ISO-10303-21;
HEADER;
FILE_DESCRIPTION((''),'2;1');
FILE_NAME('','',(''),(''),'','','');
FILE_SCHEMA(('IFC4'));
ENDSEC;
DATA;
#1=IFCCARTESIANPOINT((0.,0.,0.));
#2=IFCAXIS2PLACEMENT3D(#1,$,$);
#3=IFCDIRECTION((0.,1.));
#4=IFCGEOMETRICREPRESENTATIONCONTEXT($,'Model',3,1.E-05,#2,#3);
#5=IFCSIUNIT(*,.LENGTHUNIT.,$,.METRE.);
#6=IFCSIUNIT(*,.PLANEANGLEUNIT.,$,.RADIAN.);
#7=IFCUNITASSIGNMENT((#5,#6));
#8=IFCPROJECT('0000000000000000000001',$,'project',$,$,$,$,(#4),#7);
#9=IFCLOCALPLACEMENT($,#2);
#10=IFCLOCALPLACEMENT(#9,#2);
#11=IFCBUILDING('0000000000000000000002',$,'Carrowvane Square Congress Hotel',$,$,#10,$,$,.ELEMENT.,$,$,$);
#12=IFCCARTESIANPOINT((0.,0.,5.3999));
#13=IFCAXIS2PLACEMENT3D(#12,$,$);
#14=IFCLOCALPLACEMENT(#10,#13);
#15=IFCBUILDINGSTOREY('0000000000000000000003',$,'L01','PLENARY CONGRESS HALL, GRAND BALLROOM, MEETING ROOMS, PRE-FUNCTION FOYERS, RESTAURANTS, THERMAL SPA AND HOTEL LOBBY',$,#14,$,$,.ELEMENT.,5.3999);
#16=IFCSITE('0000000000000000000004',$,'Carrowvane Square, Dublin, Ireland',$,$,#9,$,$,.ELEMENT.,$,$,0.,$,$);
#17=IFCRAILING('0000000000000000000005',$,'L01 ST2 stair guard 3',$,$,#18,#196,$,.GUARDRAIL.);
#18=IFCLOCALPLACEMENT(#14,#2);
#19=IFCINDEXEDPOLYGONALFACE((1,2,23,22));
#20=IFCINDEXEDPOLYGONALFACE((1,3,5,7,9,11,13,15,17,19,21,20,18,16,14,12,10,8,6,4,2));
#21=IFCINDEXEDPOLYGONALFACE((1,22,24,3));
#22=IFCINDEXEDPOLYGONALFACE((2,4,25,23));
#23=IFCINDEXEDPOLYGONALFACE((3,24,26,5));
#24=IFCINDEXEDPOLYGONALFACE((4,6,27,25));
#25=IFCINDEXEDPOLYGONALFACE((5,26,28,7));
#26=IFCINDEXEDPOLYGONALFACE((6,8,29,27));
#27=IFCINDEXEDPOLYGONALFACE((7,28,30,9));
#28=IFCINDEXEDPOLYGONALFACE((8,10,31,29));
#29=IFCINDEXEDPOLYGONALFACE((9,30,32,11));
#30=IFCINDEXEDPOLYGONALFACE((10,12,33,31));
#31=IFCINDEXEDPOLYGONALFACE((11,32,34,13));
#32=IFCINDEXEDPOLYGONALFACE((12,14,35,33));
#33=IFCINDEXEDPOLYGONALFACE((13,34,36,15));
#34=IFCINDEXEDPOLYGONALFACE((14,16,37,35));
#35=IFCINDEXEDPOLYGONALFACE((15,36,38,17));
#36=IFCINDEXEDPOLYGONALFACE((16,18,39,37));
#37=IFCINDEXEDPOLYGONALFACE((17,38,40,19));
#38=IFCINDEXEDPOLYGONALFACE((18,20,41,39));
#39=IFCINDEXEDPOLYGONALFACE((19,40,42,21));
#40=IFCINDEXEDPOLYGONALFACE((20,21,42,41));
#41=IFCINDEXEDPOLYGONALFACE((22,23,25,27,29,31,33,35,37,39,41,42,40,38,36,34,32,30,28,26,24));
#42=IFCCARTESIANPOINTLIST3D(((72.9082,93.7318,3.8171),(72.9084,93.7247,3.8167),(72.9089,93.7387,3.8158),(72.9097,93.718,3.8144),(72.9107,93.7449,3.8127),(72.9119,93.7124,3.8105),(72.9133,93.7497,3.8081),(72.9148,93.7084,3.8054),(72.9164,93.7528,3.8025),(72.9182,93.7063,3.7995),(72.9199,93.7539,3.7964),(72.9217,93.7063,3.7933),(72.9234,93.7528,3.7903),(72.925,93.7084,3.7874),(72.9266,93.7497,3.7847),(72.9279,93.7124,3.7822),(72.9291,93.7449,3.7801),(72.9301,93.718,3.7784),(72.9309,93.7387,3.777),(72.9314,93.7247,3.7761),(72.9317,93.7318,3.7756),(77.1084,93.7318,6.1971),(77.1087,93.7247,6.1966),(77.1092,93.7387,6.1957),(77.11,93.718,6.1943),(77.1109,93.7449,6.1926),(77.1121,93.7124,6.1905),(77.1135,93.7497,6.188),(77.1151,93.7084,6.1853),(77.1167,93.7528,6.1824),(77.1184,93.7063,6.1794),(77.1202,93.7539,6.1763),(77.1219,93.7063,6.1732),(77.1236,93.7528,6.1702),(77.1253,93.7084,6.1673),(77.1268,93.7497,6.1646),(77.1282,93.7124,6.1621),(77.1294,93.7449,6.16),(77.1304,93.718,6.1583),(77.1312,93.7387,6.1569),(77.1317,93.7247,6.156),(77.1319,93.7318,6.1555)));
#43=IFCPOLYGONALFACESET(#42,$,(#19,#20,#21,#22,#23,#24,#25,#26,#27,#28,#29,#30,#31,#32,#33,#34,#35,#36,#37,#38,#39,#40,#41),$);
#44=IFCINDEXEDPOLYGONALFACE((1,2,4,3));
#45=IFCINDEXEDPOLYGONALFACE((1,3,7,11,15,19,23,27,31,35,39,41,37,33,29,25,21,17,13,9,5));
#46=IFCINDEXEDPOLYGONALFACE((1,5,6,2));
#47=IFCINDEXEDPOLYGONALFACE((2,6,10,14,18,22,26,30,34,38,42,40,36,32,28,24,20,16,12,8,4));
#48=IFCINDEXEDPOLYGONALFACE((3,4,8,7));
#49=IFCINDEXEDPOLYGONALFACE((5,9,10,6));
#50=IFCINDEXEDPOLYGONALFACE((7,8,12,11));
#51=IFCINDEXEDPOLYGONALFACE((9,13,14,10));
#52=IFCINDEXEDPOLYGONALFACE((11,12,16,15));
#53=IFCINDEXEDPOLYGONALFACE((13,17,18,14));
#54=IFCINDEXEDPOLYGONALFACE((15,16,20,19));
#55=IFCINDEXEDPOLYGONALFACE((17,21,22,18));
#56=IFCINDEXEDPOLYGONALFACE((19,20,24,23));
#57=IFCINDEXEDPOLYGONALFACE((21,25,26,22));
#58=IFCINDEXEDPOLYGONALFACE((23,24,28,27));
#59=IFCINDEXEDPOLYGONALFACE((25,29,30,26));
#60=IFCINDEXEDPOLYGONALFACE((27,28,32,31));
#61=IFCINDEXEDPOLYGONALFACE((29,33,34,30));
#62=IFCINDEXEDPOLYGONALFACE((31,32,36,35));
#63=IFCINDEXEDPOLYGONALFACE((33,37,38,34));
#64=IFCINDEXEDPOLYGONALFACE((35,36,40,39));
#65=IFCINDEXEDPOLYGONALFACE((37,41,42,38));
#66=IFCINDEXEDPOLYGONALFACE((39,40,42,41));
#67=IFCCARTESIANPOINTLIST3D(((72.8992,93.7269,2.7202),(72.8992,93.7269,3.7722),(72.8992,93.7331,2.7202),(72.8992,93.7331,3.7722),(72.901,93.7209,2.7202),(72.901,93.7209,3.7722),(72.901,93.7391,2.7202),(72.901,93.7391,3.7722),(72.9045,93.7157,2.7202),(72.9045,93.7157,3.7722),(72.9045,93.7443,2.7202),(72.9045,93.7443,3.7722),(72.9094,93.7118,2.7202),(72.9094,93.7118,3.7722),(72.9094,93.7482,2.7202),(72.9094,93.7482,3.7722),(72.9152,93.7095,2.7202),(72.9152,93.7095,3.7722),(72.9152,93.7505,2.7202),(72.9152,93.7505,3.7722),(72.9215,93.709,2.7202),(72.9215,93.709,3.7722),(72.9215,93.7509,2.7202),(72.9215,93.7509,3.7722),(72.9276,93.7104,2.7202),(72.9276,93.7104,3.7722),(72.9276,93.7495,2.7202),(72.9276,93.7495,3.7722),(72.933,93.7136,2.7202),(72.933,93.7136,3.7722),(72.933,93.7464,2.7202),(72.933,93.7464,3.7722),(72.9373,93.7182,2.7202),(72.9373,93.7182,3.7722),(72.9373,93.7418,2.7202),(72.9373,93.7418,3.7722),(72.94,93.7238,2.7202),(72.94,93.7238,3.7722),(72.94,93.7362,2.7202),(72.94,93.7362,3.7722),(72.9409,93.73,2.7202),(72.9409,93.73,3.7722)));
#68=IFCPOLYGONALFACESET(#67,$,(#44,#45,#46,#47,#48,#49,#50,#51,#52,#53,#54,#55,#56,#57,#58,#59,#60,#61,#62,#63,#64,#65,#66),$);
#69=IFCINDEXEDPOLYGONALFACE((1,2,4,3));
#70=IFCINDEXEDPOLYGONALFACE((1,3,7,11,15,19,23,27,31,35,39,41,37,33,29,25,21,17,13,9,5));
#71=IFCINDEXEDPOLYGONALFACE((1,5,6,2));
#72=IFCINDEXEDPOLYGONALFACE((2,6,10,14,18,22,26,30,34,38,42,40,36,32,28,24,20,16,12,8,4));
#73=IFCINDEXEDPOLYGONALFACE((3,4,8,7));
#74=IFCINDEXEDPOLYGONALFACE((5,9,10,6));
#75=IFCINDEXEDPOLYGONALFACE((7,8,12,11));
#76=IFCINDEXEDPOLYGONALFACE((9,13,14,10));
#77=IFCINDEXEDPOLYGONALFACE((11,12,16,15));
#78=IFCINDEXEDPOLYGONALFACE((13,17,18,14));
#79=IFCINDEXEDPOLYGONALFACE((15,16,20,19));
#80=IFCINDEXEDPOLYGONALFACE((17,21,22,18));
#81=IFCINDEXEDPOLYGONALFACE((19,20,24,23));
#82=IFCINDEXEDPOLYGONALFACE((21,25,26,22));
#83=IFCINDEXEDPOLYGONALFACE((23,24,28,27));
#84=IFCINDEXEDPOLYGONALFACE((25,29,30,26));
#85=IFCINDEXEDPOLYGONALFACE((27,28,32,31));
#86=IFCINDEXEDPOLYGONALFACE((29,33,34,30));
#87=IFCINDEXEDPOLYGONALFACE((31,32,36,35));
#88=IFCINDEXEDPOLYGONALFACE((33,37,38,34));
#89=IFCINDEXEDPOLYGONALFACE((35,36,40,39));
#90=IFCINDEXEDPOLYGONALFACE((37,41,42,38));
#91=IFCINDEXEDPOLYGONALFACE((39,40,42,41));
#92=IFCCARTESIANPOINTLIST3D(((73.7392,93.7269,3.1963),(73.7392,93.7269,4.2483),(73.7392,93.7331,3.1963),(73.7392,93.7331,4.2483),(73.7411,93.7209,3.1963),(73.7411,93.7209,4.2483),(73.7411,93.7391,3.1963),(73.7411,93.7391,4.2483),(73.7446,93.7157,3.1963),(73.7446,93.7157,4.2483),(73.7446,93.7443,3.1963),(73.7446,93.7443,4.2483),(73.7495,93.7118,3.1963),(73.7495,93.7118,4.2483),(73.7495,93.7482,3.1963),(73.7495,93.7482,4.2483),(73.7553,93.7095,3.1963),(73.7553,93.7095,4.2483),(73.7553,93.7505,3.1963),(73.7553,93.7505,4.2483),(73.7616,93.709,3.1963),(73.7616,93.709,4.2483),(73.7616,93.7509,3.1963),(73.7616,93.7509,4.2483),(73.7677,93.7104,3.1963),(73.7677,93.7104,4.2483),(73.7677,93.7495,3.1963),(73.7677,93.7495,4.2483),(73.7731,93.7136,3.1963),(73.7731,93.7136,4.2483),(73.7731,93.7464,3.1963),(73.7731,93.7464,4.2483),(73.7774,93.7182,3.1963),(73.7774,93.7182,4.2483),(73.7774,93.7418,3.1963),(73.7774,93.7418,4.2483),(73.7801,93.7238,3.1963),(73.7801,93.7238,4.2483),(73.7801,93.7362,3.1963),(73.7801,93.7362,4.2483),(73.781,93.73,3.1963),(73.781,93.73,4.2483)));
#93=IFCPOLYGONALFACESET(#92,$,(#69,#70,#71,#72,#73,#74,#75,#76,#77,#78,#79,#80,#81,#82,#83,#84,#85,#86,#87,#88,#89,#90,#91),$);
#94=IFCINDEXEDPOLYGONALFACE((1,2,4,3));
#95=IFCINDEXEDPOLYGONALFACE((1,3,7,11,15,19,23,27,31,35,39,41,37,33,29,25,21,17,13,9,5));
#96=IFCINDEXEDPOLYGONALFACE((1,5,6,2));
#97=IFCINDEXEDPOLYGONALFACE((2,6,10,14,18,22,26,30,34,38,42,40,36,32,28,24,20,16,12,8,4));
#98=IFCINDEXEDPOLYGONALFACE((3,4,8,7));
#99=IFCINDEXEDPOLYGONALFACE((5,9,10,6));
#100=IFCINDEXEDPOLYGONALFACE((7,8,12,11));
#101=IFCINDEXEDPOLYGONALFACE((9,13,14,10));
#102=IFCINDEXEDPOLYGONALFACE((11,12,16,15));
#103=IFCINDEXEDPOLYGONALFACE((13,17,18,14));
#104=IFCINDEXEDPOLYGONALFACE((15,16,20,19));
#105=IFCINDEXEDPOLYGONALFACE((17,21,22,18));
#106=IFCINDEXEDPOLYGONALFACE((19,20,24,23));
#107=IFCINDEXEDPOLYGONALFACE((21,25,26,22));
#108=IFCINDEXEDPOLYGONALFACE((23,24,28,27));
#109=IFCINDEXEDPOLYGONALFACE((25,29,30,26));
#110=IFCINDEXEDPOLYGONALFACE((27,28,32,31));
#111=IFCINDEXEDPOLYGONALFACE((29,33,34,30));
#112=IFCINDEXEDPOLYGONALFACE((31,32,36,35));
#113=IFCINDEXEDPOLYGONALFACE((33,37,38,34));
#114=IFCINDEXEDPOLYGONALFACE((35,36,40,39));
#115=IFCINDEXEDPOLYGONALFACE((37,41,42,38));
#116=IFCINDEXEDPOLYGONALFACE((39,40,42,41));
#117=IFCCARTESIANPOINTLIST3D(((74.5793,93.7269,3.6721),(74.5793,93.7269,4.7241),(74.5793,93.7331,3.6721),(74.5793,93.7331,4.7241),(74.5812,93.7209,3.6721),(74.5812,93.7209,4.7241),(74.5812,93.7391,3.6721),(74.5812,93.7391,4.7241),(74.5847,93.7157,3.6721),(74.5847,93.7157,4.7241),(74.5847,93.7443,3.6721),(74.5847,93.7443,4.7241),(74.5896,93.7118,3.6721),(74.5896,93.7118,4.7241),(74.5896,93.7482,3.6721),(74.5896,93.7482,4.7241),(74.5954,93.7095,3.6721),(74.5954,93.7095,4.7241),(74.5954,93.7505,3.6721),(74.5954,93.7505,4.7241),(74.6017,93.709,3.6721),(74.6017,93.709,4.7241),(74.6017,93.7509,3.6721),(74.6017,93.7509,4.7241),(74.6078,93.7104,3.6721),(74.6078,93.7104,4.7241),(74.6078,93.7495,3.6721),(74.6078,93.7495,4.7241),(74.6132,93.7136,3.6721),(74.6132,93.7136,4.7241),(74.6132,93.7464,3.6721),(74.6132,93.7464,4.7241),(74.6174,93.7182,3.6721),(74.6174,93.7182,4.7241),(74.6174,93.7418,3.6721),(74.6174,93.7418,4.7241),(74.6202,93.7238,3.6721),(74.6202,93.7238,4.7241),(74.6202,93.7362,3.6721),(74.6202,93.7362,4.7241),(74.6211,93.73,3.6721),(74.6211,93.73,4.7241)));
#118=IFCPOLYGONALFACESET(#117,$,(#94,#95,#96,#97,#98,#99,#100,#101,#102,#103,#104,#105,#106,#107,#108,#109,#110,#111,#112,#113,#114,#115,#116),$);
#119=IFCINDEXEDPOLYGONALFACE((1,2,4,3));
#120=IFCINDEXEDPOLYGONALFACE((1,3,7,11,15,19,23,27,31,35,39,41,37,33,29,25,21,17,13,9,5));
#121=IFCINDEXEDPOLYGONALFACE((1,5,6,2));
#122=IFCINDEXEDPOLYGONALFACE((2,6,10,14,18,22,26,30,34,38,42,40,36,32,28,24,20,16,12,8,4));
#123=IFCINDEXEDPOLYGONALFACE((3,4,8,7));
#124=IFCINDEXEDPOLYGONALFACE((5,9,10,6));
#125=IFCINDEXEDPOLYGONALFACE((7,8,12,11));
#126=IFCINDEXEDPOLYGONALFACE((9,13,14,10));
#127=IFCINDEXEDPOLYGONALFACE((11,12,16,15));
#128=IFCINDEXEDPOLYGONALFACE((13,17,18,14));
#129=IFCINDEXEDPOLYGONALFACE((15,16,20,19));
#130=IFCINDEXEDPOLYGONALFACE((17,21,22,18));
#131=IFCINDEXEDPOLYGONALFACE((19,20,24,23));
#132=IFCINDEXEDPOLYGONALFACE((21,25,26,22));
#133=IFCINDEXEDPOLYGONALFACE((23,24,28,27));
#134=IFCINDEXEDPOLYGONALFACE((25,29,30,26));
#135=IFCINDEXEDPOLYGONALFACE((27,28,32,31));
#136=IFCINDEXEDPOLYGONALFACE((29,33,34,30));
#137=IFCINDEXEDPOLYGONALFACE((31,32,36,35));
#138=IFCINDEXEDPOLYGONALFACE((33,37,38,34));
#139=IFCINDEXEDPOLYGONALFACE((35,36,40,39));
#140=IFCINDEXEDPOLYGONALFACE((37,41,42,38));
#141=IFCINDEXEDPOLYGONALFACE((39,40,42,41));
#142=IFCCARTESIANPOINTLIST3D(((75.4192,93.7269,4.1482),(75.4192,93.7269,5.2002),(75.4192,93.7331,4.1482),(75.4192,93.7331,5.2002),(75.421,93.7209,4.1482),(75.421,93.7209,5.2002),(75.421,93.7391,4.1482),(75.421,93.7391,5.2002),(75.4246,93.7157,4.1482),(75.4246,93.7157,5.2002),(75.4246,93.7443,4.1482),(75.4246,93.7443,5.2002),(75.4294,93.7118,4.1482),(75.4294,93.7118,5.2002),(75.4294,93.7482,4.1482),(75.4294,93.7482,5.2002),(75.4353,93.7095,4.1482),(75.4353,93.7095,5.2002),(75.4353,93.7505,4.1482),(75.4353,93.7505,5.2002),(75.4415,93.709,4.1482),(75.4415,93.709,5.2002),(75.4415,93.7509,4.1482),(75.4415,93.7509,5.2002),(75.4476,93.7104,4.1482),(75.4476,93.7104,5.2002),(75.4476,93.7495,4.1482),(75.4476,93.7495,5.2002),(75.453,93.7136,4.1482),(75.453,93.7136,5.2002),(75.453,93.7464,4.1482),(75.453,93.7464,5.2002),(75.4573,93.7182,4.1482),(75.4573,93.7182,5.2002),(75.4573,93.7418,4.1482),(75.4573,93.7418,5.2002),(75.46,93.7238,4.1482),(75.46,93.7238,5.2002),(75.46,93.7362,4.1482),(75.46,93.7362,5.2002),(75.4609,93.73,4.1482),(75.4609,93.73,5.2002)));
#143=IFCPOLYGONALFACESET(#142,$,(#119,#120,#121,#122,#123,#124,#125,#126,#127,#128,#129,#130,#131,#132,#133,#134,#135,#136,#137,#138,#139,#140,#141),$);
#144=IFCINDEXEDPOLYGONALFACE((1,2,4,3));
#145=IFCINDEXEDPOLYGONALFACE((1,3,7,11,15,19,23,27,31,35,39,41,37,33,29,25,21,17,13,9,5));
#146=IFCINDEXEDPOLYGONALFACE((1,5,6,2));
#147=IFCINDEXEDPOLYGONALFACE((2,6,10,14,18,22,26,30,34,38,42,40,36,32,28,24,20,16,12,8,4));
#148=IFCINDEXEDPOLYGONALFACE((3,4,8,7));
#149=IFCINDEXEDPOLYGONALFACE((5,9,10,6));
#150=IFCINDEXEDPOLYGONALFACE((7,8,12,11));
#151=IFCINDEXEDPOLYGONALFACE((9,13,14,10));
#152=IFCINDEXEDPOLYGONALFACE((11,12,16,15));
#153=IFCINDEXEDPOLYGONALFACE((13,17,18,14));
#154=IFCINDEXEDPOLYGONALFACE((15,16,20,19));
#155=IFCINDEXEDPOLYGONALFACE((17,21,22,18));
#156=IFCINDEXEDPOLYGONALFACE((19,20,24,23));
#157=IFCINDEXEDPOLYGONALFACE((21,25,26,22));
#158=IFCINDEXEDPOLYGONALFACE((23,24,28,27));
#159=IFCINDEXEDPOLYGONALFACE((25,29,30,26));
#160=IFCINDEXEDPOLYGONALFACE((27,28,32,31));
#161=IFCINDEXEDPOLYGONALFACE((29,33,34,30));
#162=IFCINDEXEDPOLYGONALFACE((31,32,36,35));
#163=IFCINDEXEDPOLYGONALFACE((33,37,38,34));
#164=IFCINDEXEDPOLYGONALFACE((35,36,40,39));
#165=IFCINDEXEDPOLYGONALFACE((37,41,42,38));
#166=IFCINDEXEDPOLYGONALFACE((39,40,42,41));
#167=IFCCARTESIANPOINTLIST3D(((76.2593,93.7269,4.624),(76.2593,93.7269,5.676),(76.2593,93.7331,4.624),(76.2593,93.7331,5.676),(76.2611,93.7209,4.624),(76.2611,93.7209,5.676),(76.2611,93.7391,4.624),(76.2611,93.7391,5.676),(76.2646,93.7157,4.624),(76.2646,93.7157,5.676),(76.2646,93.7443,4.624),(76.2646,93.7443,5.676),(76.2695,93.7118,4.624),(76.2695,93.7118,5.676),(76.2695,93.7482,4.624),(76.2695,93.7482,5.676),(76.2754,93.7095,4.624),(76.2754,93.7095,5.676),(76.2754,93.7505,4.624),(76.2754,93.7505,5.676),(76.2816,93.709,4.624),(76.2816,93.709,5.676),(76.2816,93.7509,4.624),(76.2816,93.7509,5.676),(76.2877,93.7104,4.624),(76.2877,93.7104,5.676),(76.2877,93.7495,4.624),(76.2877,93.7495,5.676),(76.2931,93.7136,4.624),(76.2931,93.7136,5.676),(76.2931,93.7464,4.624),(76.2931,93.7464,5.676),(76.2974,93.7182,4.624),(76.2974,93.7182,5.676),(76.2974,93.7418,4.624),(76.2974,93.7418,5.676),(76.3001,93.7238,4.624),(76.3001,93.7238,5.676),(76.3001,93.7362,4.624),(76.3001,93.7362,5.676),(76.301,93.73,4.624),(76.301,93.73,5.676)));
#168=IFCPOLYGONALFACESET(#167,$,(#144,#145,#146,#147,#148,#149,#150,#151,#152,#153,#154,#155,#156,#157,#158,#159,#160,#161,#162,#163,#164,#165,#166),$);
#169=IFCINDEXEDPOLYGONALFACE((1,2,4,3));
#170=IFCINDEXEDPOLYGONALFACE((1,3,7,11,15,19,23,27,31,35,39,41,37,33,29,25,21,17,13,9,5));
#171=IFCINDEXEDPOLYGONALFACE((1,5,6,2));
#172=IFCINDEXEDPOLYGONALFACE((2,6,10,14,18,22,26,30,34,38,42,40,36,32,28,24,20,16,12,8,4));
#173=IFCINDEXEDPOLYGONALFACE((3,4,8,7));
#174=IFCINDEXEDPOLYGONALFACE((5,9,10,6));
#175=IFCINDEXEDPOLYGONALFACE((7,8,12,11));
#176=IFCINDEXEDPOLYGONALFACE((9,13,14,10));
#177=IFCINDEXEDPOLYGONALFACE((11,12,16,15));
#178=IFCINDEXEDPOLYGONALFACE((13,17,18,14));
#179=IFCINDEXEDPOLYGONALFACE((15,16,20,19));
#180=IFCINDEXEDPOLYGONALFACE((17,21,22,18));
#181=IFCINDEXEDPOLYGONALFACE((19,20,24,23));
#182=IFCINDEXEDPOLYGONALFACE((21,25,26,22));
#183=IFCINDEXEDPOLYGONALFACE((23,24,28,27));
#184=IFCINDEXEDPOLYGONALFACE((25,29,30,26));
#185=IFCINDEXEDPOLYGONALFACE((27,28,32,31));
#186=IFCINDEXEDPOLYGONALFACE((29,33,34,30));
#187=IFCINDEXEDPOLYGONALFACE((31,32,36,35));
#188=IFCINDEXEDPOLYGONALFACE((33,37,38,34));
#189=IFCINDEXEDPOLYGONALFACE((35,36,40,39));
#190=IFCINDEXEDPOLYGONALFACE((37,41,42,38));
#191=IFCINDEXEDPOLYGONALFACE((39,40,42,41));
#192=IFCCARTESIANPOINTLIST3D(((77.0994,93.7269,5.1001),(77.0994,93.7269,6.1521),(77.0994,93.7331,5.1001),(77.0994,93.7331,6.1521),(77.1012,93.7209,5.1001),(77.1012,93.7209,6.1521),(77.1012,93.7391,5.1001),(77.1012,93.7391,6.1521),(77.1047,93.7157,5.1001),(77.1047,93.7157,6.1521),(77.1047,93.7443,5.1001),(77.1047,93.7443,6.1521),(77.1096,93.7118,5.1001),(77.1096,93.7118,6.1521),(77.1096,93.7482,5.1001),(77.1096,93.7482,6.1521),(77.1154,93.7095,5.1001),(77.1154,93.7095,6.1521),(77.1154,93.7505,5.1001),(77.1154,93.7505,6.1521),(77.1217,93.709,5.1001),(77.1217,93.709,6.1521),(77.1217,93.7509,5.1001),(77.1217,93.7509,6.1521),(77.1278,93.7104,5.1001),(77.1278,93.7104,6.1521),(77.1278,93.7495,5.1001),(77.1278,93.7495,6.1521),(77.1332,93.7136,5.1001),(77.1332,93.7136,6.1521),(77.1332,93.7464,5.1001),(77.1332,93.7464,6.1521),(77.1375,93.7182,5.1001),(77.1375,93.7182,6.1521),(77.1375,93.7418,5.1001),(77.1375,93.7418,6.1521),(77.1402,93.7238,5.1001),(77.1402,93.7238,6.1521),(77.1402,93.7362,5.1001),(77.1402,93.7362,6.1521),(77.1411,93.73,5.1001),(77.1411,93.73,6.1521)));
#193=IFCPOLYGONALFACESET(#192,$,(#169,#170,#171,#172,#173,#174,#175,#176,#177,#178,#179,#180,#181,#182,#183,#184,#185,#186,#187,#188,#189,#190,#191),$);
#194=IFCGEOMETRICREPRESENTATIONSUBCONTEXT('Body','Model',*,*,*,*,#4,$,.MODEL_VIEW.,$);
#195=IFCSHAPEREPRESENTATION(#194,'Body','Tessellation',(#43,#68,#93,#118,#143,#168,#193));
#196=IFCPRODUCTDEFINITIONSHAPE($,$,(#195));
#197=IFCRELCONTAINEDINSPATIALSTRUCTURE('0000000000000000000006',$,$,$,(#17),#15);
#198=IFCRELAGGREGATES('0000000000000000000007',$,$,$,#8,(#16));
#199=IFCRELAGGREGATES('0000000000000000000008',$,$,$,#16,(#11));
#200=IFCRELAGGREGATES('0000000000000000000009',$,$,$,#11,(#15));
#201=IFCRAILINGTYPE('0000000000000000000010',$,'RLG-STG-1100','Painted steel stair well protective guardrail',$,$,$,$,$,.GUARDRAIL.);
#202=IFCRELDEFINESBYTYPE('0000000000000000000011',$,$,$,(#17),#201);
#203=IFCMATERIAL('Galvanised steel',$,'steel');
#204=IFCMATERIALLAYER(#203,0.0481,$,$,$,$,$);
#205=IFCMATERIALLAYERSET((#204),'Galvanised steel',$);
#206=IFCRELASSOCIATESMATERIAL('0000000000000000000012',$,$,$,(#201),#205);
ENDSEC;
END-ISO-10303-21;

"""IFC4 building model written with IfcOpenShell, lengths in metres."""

from ifc_helpers import new_model, si_unit, direction, frame, origin, origin_2d, place, context, subcontext, project, spatial, circle, extrude, material, layer, layer_set, type_object, element, save


model = new_model("IFC4")

# Units and contexts
model_context = context("Model", 3, precision=1e-05, world=origin(), true_north=direction((0.0, 1.0)))
body_context = subcontext(model_context, "Body", "Model", "MODEL_VIEW")
ifc_project = project(units=[si_unit("LENGTHUNIT", "METRE"), si_unit("PLANEANGLEUNIT", "RADIAN")], contexts=[model_context])

# Site, building, storey
site_placement = place(None, origin())
site = spatial("IfcSite", under=ifc_project, at=site_placement, Name="Carrowvane Square, Dublin, Ireland", CompositionType="ELEMENT", RefElevation=0.0)
building_placement = place(site_placement, origin())
building = spatial("IfcBuilding", under=site, at=building_placement, Name="Carrowvane Square Congress Hotel", CompositionType="ELEMENT")
storey_placement = place(building_placement, frame((0.0, 0.0, 5.3999)))
storey = spatial("IfcBuildingStorey", under=building, at=storey_placement, Name="L01", Description="PLENARY CONGRESS HALL, GRAND BALLROOM, MEETING ROOMS, PRE-FUNCTION FOYERS, RESTAURANTS, THERMAL SPA AND HOTEL LOBBY", CompositionType="ELEMENT", Elevation=5.3999)

# Railing
ifc_material_1 = material(Name="Galvanised steel", Category="steel")
ifc_layer_1 = layer(ifc_material_1, 0.0481)
ifc_layer_set_1 = layer_set([ifc_layer_1], Name="Galvanised steel")
railing_type_1 = type_object("IfcRailingType", Name="RLG-STG-1100", Description="Painted steel stair well protective guardrail", PredefinedType="GUARDRAIL", material=ifc_layer_set_1)
railing_1_placement = place(storey_placement, frame((72.9199, 93.73, 2.7202)))
element("IfcRailing", 1, at=railing_1_placement, inside=storey, type_object=railing_type_1, Name="L01 ST2 stair guard 3", PredefinedType="GUARDRAIL", context=body_context, shape_type="SweptSolid", body=[
    extrude(circle(Radius=0.0239, at=origin_2d()), frame((0.0, 0.0, 1.0762), z_axis=(0.870042, 0.0, 0.492977), x_axis=(0.0, 1.0, 0.0)), (0.0, 0.0, 1.0), 4.8276),
    extrude(circle(Radius=0.021, at=origin_2d()), origin(), (0.0, 0.0, 1.0), 1.052),
    extrude(circle(Radius=0.021, at=origin_2d()), frame((0.8401, 0.0, 0.4761)), (0.0, 0.0, 1.0), 1.052),
    extrude(circle(Radius=0.021, at=origin_2d()), frame((1.6802, 0.0, 0.9519)), (0.0, 0.0, 1.0), 1.052),
    extrude(circle(Radius=0.021, at=origin_2d()), frame((2.52, 0.0, 1.428)), (0.0, 0.0, 1.0), 1.052),
    extrude(circle(Radius=0.021, at=origin_2d()), frame((3.3601, 0.0, 1.9038)), (0.0, 0.0, 1.0), 1.052),
    extrude(circle(Radius=0.021, at=origin_2d()), frame((4.2002, 0.0, 2.3799)), (0.0, 0.0, 1.0), 1.052),
])

save(model, "model.ifc")
